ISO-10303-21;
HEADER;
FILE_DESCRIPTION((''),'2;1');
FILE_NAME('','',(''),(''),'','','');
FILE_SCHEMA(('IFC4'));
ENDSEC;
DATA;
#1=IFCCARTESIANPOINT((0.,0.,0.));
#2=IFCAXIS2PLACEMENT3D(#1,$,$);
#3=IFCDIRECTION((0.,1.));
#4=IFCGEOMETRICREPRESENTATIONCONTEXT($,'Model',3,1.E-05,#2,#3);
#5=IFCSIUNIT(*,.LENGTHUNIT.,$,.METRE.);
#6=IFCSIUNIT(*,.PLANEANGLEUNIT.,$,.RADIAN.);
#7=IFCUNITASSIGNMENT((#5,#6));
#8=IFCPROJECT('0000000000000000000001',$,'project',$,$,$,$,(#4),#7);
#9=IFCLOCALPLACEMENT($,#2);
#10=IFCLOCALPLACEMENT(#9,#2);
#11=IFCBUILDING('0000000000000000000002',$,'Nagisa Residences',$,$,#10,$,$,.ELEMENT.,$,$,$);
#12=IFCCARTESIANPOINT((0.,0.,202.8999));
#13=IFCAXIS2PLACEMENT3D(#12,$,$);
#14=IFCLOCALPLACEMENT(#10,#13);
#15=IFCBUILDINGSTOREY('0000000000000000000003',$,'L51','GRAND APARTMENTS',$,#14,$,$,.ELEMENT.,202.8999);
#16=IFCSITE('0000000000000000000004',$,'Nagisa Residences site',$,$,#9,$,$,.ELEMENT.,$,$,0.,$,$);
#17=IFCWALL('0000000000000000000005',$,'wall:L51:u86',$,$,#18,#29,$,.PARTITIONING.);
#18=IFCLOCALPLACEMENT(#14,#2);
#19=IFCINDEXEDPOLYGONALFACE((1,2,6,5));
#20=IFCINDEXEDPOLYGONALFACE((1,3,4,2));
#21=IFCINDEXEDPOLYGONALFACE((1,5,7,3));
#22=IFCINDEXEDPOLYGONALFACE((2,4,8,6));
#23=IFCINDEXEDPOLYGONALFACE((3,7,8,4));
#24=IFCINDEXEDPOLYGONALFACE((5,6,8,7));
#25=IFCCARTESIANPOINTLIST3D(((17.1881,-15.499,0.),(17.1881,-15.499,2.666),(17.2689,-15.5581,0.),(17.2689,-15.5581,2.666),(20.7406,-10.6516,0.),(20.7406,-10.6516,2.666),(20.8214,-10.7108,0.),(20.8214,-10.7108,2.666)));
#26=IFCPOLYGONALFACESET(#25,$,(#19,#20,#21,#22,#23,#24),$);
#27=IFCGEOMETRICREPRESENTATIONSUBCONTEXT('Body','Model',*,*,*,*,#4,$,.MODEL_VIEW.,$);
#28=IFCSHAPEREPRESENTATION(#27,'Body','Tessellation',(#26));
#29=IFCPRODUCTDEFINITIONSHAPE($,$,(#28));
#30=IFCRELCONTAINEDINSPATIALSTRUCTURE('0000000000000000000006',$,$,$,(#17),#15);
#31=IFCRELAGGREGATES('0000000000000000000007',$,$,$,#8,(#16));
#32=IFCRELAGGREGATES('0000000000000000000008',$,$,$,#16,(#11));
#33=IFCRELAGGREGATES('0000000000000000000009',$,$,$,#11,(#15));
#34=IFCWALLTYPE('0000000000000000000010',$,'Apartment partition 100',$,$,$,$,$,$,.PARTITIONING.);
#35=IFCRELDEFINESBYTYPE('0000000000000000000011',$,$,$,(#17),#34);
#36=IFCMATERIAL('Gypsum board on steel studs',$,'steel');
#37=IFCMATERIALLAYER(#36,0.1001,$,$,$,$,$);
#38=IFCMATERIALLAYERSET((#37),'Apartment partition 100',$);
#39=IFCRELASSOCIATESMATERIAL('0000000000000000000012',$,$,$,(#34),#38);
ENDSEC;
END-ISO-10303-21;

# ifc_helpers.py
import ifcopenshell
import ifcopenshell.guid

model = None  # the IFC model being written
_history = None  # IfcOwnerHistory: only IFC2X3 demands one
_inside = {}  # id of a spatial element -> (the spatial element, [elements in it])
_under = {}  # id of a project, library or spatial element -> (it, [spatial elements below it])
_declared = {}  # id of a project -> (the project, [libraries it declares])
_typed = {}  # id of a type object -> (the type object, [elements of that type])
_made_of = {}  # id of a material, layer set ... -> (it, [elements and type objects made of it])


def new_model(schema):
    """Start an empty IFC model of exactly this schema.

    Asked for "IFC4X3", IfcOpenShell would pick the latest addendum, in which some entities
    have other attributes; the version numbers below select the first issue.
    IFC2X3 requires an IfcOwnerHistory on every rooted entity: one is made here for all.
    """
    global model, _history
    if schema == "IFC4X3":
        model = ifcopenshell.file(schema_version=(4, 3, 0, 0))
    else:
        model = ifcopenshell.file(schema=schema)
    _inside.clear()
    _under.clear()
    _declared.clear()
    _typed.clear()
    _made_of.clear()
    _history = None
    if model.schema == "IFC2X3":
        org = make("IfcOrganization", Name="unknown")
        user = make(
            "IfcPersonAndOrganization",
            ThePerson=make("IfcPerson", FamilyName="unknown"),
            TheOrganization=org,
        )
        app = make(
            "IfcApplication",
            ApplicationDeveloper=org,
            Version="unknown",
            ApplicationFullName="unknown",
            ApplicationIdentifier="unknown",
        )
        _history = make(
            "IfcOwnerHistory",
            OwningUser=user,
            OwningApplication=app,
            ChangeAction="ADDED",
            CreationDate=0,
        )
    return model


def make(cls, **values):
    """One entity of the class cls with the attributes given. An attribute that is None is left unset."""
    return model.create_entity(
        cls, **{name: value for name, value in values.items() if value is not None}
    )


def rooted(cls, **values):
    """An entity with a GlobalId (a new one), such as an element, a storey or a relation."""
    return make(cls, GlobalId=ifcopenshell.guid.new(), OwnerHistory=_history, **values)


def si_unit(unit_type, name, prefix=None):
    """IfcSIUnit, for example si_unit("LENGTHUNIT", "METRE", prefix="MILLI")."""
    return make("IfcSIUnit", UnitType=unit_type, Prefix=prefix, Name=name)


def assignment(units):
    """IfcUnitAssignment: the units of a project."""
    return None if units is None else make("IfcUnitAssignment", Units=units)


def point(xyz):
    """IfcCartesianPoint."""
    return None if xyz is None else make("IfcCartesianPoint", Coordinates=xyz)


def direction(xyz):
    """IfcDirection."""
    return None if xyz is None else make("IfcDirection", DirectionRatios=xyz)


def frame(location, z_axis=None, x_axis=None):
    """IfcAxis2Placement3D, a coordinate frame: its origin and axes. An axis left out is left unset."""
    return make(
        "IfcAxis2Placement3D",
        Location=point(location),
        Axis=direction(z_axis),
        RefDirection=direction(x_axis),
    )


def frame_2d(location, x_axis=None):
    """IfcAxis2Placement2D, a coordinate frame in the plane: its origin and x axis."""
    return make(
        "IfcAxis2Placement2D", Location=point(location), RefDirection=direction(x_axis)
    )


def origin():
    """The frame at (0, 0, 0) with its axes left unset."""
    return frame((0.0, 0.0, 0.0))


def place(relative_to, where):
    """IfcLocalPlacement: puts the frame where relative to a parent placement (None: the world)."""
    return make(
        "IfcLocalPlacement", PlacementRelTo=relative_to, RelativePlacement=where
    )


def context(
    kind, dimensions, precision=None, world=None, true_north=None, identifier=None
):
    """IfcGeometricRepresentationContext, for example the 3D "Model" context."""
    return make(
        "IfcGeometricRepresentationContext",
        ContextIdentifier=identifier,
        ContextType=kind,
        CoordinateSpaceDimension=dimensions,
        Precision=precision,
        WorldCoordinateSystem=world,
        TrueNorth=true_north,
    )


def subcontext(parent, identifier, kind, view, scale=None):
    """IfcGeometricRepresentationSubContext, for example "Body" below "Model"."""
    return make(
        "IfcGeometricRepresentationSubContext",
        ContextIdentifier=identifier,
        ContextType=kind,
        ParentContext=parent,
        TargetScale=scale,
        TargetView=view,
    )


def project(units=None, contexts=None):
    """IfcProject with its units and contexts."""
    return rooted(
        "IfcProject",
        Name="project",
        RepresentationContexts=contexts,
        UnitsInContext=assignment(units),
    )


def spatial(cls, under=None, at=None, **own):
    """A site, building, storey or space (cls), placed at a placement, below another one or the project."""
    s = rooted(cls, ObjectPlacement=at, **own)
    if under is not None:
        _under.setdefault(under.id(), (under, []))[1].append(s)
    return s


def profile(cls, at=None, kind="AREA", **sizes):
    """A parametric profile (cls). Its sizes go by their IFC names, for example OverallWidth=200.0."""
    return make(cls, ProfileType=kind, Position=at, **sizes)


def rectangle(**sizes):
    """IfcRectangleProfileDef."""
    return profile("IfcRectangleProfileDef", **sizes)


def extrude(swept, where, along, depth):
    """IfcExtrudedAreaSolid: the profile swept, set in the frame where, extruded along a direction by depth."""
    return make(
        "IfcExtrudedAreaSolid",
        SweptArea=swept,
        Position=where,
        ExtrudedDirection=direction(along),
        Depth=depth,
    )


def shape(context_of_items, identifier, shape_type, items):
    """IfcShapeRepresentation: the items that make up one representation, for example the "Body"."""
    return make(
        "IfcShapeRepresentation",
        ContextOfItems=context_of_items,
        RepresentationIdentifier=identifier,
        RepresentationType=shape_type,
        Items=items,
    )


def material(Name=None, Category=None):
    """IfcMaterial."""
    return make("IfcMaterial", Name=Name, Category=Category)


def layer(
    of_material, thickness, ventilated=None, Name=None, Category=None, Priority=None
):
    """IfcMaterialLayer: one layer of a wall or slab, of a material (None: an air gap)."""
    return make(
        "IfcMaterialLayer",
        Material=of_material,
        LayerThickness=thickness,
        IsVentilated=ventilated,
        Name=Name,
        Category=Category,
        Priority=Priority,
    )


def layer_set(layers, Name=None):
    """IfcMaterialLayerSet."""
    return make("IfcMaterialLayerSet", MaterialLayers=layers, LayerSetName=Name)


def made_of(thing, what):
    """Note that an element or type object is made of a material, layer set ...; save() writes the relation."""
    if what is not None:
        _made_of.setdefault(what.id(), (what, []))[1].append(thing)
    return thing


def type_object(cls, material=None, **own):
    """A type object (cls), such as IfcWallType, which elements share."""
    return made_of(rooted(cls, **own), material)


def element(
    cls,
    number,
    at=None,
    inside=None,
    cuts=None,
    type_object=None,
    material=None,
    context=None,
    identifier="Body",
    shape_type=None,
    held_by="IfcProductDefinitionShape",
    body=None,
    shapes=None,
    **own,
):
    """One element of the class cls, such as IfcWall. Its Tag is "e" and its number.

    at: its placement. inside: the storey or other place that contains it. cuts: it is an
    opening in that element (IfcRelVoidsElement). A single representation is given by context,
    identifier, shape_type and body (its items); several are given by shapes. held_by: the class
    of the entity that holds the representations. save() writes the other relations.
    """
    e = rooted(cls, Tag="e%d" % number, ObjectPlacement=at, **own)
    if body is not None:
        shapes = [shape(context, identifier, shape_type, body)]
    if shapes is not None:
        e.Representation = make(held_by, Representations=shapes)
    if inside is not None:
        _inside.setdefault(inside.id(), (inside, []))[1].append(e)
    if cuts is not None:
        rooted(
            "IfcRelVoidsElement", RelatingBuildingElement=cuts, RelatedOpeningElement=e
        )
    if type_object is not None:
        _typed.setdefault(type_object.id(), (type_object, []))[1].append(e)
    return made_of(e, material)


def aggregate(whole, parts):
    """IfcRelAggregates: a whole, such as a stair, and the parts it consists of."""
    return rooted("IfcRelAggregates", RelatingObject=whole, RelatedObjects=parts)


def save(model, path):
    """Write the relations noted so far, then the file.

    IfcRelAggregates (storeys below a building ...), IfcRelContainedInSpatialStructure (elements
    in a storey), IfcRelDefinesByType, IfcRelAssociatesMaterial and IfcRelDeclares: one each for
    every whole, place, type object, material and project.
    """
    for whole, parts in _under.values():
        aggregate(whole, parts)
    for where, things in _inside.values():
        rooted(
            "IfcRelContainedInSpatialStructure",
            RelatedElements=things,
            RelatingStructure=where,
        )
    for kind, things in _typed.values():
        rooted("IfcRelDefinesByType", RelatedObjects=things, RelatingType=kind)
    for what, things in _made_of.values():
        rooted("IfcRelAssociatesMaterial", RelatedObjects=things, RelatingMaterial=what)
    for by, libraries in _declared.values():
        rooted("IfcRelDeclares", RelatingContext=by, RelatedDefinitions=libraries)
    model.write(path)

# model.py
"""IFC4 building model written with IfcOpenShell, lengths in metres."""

from ifc_helpers import new_model, si_unit, direction, frame, frame_2d, origin, place, context, subcontext, project, spatial, rectangle, extrude, material, layer, layer_set, type_object, element, save


model = new_model("IFC4")

# Units and contexts
model_context = context("Model", 3, precision=1e-05, world=origin(), true_north=direction((0.0, 1.0)))
body_context = subcontext(model_context, "Body", "Model", "MODEL_VIEW")
ifc_project = project(units=[si_unit("LENGTHUNIT", "METRE"), si_unit("PLANEANGLEUNIT", "RADIAN")], contexts=[model_context])

# Site, building, storey
site_placement = place(None, origin())
site = spatial("IfcSite", under=ifc_project, at=site_placement, Name="Nagisa Residences site", CompositionType="ELEMENT", RefElevation=0.0)
building_placement = place(site_placement, origin())
building = spatial("IfcBuilding", under=site, at=building_placement, Name="Nagisa Residences", CompositionType="ELEMENT")
storey_placement = place(building_placement, frame((0.0, 0.0, 202.8999)))
storey = spatial("IfcBuildingStorey", under=building, at=storey_placement, Name="L51", Description="GRAND APARTMENTS", CompositionType="ELEMENT", Elevation=202.8999)

# Shared definitions
ifc_material_1 = material(Name="Gypsum board on steel studs", Category="steel")
ifc_layer_1 = layer(ifc_material_1, 0.1001)
ifc_layer_set_1 = layer_set([ifc_layer_1], Name="Apartment partition 100")
wall_type_1 = type_object("IfcWallType", Name="Apartment partition 100", PredefinedType="PARTITIONING", material=ifc_layer_set_1)

# Wall
wall_1_placement = place(storey_placement, frame((17.2285, -15.5286, 0.0), z_axis=(0.0, 0.0, 1.0), x_axis=(0.591117, 0.806586, 0.0)))
element("IfcWall", 1, at=wall_1_placement, inside=storey, type_object=wall_type_1, Name="wall:L51:u86", PredefinedType="PARTITIONING", context=body_context, shape_type="SweptSolid", body=[
    extrude(rectangle(XDim=6.0098, YDim=0.1001, at=frame_2d((3.0049, 0.0))), origin(), (0.0, 0.0, 1.0), 2.666),
])

save(model, "model.ifc")
